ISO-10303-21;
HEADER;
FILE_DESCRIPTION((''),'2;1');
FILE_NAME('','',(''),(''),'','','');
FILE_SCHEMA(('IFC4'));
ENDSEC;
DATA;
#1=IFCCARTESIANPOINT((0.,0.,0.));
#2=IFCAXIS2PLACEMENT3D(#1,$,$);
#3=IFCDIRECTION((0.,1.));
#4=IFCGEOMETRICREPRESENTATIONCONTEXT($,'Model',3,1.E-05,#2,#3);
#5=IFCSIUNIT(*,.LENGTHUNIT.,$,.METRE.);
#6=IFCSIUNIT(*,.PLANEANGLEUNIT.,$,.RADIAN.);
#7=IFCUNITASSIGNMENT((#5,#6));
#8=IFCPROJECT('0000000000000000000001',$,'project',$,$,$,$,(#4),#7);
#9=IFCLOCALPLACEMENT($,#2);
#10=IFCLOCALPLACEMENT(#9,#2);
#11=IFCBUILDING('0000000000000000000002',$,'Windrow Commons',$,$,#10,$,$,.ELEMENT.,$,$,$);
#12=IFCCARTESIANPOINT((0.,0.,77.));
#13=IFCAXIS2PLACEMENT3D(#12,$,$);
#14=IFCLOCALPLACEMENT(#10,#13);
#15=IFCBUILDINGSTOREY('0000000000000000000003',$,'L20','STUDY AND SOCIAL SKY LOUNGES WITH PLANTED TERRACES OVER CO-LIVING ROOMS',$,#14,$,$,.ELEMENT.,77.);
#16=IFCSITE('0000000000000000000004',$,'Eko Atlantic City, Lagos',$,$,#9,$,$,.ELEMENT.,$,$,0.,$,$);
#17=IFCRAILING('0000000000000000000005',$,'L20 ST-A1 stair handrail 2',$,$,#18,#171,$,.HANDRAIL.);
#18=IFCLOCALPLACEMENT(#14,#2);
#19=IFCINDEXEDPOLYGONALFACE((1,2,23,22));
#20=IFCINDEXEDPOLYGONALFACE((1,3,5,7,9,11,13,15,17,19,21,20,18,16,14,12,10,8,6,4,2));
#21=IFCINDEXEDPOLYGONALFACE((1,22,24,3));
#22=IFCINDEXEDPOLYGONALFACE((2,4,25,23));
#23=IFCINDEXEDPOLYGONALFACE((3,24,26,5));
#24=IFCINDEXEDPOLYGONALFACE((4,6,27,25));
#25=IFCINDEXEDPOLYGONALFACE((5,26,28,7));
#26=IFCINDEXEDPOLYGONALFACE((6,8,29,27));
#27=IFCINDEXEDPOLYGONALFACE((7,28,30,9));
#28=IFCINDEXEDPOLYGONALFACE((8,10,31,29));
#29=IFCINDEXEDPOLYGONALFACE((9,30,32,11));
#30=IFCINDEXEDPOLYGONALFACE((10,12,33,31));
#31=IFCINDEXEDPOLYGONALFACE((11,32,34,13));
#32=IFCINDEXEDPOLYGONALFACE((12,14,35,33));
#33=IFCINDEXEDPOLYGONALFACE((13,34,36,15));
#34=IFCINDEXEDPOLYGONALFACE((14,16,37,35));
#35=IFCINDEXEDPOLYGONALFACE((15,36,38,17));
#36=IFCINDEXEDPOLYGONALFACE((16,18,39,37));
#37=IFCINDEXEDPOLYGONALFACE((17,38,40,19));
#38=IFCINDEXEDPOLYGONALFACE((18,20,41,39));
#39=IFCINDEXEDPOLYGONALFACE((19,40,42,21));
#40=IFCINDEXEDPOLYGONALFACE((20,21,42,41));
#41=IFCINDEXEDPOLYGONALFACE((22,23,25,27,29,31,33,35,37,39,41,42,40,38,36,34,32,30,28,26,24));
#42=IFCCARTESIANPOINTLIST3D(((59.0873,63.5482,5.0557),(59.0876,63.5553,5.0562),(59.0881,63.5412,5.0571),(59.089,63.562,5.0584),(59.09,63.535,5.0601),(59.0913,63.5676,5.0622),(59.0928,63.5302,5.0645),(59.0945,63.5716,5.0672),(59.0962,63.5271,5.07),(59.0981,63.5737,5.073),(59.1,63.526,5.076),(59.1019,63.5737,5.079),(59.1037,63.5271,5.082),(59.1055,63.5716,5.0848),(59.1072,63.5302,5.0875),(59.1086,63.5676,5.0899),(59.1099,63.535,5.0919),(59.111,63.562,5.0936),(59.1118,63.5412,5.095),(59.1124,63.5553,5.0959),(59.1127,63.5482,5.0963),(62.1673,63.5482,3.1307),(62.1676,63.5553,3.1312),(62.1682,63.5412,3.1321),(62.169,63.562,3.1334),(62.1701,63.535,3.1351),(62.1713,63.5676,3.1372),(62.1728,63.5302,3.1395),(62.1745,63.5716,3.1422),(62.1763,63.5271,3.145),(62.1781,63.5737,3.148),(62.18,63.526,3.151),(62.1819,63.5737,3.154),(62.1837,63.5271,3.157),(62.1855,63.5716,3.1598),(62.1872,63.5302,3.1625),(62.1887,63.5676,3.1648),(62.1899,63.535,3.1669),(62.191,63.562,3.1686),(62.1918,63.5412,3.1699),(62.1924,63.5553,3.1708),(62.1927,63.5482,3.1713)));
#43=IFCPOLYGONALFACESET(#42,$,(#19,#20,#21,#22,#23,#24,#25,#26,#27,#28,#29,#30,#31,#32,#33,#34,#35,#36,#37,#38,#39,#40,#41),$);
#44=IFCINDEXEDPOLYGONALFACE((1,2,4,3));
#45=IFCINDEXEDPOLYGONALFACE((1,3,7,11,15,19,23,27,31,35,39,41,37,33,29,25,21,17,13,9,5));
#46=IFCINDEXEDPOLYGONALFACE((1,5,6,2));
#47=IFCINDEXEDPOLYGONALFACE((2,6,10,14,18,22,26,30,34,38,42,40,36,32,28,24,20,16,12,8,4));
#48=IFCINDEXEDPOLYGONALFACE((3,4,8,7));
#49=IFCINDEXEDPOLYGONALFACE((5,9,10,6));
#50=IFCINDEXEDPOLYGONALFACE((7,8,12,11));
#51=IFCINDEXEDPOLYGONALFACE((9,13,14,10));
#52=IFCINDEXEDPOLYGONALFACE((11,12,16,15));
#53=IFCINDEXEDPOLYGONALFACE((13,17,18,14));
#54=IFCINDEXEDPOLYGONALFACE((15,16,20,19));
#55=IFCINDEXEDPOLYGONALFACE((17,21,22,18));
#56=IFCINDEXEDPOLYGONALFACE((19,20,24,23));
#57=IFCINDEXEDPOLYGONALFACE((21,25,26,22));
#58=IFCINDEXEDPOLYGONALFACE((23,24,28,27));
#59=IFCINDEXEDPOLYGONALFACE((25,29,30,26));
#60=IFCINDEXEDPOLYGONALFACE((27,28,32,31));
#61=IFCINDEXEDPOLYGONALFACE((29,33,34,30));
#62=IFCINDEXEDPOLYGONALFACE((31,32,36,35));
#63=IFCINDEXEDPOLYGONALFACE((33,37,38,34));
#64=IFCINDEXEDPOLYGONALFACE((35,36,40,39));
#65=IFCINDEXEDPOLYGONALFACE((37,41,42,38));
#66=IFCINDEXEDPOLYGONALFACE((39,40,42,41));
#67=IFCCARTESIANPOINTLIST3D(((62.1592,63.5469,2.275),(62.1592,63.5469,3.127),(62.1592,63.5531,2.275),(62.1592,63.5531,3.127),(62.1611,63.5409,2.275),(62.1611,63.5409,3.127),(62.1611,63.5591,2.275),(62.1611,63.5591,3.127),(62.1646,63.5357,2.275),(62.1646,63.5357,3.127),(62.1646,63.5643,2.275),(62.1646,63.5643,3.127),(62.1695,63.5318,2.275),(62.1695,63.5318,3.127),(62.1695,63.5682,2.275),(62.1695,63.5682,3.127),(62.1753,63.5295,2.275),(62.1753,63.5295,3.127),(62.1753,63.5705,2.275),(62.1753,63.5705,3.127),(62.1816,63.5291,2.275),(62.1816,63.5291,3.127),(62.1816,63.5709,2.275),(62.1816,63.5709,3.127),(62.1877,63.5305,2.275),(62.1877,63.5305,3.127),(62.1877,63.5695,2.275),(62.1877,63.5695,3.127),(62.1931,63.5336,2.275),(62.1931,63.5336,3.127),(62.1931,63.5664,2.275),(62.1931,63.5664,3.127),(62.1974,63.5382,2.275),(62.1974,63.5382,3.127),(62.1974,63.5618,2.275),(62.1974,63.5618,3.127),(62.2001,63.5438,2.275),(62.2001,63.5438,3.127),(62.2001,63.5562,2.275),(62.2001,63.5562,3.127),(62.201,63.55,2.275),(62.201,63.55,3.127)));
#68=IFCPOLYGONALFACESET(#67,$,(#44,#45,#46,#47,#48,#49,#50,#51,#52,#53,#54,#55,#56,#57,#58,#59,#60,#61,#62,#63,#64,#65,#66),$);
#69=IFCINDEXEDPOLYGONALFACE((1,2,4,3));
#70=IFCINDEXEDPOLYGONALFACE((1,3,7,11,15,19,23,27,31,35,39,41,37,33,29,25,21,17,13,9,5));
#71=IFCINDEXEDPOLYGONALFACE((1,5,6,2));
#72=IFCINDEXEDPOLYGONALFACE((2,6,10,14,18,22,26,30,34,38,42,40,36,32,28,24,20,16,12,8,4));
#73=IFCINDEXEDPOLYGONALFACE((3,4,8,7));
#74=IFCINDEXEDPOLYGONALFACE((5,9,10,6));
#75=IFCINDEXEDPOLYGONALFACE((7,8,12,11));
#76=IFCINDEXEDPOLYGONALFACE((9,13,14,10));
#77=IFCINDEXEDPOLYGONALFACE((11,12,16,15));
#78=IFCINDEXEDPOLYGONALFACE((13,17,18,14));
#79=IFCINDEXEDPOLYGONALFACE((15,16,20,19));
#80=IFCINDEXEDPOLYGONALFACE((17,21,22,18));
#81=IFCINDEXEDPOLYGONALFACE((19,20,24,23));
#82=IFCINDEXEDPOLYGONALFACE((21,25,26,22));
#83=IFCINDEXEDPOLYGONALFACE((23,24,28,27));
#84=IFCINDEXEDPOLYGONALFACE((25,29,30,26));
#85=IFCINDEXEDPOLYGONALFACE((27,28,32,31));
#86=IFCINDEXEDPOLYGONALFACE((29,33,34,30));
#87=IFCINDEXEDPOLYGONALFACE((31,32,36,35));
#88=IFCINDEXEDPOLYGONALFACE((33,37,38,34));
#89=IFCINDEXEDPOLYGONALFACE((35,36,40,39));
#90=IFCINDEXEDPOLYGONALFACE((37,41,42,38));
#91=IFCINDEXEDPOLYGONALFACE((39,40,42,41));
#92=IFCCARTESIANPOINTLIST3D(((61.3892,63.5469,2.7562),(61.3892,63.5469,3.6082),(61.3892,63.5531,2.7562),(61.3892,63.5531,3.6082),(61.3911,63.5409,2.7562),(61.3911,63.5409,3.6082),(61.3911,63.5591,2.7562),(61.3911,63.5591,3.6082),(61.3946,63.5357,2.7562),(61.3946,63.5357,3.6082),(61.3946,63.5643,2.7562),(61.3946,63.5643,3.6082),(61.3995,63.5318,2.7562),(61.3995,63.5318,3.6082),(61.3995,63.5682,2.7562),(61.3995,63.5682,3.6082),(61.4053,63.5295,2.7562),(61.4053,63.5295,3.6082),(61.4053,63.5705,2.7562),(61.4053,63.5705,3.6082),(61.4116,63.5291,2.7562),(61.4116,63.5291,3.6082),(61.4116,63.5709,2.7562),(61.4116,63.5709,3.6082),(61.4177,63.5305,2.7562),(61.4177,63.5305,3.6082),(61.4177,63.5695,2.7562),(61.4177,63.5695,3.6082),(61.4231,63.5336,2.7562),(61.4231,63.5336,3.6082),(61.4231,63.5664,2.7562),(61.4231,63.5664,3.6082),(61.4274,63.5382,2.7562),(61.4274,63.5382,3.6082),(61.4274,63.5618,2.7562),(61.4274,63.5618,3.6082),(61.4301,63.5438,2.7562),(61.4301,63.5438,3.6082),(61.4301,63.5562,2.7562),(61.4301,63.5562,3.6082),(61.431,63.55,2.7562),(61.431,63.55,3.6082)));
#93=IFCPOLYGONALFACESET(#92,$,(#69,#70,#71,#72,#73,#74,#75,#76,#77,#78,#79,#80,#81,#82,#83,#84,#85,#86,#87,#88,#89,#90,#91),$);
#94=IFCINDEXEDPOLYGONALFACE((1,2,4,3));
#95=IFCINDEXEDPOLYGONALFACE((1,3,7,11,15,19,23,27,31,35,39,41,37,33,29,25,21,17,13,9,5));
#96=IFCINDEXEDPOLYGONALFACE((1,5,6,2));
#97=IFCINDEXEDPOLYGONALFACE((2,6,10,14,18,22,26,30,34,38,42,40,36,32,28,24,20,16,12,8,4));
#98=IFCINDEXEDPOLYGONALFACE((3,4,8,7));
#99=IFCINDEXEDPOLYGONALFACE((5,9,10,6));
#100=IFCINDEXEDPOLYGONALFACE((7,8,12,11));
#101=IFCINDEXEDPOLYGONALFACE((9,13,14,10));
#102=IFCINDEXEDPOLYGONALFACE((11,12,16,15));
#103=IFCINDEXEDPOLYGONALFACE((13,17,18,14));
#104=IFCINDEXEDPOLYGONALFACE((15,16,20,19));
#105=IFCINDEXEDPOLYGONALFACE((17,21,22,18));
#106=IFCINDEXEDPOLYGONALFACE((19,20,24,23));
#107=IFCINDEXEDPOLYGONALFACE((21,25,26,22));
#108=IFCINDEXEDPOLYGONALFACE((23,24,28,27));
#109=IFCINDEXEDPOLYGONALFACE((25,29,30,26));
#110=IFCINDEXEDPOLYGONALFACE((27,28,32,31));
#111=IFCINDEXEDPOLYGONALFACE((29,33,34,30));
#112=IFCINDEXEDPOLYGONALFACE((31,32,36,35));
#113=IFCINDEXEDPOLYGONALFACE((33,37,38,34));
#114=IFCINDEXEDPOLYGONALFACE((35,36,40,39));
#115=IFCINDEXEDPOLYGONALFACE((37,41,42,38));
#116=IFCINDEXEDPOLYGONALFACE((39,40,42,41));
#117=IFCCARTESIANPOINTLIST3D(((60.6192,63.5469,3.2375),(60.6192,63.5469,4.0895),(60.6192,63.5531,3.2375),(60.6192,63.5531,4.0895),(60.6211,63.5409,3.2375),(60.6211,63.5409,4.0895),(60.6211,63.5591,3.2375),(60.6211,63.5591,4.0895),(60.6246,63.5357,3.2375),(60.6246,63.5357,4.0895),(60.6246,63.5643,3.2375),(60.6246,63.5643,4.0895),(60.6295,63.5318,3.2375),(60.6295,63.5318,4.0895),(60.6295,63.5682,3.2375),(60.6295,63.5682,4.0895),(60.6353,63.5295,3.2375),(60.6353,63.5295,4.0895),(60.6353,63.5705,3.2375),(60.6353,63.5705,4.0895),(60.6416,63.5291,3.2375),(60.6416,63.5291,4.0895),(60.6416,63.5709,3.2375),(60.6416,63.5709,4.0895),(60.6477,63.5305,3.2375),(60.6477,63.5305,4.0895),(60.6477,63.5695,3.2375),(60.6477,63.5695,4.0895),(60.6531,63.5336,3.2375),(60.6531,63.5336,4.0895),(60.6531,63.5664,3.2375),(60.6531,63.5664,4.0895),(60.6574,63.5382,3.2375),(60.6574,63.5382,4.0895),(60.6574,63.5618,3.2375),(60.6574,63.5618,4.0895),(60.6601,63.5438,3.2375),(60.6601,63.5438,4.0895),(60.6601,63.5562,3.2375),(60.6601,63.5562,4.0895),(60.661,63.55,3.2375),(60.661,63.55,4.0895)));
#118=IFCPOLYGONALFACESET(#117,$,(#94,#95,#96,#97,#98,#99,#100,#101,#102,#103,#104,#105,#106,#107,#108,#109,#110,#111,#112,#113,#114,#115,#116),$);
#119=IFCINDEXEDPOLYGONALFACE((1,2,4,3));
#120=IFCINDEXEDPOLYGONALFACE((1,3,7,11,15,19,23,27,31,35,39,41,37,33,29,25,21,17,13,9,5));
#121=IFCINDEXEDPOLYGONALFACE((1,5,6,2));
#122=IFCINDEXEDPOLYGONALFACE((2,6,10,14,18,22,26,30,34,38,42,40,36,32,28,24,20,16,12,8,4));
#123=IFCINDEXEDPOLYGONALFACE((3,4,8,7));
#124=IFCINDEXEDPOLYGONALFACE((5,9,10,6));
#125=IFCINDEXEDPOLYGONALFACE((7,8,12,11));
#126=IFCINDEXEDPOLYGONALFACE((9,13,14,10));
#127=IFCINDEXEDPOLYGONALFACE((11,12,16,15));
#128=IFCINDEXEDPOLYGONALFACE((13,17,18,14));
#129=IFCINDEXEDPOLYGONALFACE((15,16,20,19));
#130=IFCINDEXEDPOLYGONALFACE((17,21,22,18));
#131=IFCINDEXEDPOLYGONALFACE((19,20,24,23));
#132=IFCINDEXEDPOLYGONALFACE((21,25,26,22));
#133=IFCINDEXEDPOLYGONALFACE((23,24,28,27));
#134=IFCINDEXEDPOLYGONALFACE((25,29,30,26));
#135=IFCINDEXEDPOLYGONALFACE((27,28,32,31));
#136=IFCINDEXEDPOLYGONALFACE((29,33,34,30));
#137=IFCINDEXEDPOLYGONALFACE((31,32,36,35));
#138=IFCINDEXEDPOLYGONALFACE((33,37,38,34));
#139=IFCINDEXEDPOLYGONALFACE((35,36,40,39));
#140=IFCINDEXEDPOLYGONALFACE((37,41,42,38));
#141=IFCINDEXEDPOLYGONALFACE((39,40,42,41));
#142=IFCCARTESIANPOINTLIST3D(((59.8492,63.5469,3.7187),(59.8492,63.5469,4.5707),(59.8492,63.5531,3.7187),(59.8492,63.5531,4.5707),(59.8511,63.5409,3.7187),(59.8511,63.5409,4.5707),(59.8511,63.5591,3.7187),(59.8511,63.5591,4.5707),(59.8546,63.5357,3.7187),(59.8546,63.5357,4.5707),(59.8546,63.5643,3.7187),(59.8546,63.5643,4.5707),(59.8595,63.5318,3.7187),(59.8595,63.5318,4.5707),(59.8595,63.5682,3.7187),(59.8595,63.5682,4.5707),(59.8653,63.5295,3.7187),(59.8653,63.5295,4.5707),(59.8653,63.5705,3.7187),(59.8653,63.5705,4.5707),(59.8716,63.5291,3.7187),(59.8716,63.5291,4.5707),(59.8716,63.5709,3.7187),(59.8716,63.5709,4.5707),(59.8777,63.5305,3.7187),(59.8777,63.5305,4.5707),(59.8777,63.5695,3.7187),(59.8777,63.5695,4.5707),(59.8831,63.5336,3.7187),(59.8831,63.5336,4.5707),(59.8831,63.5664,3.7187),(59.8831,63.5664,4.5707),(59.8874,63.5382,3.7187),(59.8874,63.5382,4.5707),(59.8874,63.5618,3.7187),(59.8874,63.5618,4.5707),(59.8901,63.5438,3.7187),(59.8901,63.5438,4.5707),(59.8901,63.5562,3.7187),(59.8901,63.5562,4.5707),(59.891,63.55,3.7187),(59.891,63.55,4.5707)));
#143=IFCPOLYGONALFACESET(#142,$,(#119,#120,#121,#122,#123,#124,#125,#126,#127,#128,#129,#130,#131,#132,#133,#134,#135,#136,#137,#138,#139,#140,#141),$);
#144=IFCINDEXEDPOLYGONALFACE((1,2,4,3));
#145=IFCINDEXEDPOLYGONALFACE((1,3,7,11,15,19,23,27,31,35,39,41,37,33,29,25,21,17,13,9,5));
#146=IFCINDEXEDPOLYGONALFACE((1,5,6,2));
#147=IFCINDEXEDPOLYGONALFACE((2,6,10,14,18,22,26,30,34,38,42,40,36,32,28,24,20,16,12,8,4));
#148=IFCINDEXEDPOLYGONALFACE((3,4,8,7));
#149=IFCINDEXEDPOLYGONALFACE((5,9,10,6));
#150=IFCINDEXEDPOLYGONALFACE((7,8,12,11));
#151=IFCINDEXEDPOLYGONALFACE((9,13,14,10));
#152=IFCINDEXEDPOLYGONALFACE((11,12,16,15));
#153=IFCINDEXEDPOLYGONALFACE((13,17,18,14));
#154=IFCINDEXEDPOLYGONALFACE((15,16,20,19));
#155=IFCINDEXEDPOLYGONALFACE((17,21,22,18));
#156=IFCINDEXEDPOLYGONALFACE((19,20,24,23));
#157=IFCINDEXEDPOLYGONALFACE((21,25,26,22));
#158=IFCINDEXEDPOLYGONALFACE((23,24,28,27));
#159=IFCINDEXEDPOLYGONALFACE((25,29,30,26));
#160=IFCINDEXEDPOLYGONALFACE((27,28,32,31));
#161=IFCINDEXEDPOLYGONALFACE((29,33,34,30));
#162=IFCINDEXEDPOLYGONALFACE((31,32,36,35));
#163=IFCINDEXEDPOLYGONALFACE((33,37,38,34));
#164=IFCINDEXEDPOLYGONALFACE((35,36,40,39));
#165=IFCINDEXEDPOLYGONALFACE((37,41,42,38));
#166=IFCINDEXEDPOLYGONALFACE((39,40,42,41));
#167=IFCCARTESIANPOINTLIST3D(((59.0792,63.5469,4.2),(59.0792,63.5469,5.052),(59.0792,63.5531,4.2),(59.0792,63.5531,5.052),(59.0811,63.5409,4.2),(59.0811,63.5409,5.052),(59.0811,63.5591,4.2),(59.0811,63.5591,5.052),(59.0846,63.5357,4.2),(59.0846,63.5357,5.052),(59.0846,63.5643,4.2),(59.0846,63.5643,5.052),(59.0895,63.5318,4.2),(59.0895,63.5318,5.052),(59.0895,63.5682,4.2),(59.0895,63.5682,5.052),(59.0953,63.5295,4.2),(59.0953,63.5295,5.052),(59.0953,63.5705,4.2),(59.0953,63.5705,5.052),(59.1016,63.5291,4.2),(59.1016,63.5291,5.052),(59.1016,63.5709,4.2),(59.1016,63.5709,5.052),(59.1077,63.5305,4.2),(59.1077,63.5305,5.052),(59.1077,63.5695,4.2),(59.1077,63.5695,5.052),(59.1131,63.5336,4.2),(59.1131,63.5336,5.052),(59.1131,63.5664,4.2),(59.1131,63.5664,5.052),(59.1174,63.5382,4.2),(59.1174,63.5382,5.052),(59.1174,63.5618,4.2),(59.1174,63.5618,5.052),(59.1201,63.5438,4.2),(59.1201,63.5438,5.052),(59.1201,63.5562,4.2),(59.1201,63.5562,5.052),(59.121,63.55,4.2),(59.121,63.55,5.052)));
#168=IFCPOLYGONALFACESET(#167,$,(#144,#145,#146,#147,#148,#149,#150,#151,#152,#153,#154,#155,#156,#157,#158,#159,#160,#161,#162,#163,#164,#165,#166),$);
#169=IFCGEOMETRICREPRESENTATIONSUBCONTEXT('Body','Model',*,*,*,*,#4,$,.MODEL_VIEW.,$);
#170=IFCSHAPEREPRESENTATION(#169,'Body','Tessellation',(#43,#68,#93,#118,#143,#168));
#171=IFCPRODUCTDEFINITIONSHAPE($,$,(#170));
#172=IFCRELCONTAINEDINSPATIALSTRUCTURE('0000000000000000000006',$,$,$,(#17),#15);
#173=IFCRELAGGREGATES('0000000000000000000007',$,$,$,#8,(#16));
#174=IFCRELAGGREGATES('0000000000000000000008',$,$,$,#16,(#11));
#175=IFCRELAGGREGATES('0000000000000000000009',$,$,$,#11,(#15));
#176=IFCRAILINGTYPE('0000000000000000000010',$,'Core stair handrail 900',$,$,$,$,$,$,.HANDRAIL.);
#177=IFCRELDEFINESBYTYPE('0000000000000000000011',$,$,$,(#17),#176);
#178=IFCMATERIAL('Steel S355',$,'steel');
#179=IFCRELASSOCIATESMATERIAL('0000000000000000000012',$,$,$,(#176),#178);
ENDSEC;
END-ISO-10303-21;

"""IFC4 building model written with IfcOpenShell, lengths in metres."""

from ifc_helpers import new_model, si_unit, direction, frame, origin, origin_2d, place, context, subcontext, project, spatial, circle, extrude, material, type_object, element, save


model = new_model("IFC4")

# Units and contexts
model_context = context("Model", 3, precision=1e-05, world=origin(), true_north=direction((0.0, 1.0)))
body_context = subcontext(model_context, "Body", "Model", "MODEL_VIEW")
ifc_project = project(units=[si_unit("LENGTHUNIT", "METRE"), si_unit("PLANEANGLEUNIT", "RADIAN")], contexts=[model_context])

# Site, building, storey
site_placement = place(None, origin())
site = spatial("IfcSite", under=ifc_project, at=site_placement, Name="Eko Atlantic City, Lagos", CompositionType="ELEMENT", RefElevation=0.0)
building_placement = place(site_placement, origin())
building = spatial("IfcBuilding", under=site, at=building_placement, Name="Windrow Commons", CompositionType="ELEMENT")
storey_placement = place(building_placement, frame((0.0, 0.0, 77.0)))
storey = spatial("IfcBuildingStorey", under=building, at=storey_placement, Name="L20", Description="STUDY AND SOCIAL SKY LOUNGES WITH PLANTED TERRACES OVER CO-LIVING ROOMS", CompositionType="ELEMENT", Elevation=77.0)

# Railing
ifc_material_1 = material(Name="Steel S355", Category="steel")
railing_type_1 = type_object("IfcRailingType", Name="Core stair handrail 900", PredefinedType="HANDRAIL", material=ifc_material_1)
railing_1_placement = place(storey_placement, frame((62.18, 63.55, 2.275)))
element("IfcRailing", 1, at=railing_1_placement, inside=storey, type_object=railing_type_1, Name="L20 ST-A1 stair handrail 2", PredefinedType="HANDRAIL", context=body_context, shape_type="SweptSolid", body=[
    extrude(circle(Radius=0.024, at=origin_2d()), frame((0.0, 0.0, 0.876), z_axis=(-0.847998, 0.0, 0.529999), x_axis=(0.0, -1.0, 0.0)), (0.0, 0.0, 1.0), 3.6321),
    extrude(circle(Radius=0.021, at=origin_2d()), origin(), (0.0, 0.0, 1.0), 0.852),
    extrude(circle(Radius=0.021, at=origin_2d()), frame((-0.77, 0.0, 0.4812)), (0.0, 0.0, 1.0), 0.852),
    extrude(circle(Radius=0.021, at=origin_2d()), frame((-1.54, 0.0, 0.9625)), (0.0, 0.0, 1.0), 0.852),
    extrude(circle(Radius=0.021, at=origin_2d()), frame((-2.31, 0.0, 1.4437)), (0.0, 0.0, 1.0), 0.852),
    extrude(circle(Radius=0.021, at=origin_2d()), frame((-3.08, 0.0, 1.925)), (0.0, 0.0, 1.0), 0.852),
])

save(model, "model.ifc")
